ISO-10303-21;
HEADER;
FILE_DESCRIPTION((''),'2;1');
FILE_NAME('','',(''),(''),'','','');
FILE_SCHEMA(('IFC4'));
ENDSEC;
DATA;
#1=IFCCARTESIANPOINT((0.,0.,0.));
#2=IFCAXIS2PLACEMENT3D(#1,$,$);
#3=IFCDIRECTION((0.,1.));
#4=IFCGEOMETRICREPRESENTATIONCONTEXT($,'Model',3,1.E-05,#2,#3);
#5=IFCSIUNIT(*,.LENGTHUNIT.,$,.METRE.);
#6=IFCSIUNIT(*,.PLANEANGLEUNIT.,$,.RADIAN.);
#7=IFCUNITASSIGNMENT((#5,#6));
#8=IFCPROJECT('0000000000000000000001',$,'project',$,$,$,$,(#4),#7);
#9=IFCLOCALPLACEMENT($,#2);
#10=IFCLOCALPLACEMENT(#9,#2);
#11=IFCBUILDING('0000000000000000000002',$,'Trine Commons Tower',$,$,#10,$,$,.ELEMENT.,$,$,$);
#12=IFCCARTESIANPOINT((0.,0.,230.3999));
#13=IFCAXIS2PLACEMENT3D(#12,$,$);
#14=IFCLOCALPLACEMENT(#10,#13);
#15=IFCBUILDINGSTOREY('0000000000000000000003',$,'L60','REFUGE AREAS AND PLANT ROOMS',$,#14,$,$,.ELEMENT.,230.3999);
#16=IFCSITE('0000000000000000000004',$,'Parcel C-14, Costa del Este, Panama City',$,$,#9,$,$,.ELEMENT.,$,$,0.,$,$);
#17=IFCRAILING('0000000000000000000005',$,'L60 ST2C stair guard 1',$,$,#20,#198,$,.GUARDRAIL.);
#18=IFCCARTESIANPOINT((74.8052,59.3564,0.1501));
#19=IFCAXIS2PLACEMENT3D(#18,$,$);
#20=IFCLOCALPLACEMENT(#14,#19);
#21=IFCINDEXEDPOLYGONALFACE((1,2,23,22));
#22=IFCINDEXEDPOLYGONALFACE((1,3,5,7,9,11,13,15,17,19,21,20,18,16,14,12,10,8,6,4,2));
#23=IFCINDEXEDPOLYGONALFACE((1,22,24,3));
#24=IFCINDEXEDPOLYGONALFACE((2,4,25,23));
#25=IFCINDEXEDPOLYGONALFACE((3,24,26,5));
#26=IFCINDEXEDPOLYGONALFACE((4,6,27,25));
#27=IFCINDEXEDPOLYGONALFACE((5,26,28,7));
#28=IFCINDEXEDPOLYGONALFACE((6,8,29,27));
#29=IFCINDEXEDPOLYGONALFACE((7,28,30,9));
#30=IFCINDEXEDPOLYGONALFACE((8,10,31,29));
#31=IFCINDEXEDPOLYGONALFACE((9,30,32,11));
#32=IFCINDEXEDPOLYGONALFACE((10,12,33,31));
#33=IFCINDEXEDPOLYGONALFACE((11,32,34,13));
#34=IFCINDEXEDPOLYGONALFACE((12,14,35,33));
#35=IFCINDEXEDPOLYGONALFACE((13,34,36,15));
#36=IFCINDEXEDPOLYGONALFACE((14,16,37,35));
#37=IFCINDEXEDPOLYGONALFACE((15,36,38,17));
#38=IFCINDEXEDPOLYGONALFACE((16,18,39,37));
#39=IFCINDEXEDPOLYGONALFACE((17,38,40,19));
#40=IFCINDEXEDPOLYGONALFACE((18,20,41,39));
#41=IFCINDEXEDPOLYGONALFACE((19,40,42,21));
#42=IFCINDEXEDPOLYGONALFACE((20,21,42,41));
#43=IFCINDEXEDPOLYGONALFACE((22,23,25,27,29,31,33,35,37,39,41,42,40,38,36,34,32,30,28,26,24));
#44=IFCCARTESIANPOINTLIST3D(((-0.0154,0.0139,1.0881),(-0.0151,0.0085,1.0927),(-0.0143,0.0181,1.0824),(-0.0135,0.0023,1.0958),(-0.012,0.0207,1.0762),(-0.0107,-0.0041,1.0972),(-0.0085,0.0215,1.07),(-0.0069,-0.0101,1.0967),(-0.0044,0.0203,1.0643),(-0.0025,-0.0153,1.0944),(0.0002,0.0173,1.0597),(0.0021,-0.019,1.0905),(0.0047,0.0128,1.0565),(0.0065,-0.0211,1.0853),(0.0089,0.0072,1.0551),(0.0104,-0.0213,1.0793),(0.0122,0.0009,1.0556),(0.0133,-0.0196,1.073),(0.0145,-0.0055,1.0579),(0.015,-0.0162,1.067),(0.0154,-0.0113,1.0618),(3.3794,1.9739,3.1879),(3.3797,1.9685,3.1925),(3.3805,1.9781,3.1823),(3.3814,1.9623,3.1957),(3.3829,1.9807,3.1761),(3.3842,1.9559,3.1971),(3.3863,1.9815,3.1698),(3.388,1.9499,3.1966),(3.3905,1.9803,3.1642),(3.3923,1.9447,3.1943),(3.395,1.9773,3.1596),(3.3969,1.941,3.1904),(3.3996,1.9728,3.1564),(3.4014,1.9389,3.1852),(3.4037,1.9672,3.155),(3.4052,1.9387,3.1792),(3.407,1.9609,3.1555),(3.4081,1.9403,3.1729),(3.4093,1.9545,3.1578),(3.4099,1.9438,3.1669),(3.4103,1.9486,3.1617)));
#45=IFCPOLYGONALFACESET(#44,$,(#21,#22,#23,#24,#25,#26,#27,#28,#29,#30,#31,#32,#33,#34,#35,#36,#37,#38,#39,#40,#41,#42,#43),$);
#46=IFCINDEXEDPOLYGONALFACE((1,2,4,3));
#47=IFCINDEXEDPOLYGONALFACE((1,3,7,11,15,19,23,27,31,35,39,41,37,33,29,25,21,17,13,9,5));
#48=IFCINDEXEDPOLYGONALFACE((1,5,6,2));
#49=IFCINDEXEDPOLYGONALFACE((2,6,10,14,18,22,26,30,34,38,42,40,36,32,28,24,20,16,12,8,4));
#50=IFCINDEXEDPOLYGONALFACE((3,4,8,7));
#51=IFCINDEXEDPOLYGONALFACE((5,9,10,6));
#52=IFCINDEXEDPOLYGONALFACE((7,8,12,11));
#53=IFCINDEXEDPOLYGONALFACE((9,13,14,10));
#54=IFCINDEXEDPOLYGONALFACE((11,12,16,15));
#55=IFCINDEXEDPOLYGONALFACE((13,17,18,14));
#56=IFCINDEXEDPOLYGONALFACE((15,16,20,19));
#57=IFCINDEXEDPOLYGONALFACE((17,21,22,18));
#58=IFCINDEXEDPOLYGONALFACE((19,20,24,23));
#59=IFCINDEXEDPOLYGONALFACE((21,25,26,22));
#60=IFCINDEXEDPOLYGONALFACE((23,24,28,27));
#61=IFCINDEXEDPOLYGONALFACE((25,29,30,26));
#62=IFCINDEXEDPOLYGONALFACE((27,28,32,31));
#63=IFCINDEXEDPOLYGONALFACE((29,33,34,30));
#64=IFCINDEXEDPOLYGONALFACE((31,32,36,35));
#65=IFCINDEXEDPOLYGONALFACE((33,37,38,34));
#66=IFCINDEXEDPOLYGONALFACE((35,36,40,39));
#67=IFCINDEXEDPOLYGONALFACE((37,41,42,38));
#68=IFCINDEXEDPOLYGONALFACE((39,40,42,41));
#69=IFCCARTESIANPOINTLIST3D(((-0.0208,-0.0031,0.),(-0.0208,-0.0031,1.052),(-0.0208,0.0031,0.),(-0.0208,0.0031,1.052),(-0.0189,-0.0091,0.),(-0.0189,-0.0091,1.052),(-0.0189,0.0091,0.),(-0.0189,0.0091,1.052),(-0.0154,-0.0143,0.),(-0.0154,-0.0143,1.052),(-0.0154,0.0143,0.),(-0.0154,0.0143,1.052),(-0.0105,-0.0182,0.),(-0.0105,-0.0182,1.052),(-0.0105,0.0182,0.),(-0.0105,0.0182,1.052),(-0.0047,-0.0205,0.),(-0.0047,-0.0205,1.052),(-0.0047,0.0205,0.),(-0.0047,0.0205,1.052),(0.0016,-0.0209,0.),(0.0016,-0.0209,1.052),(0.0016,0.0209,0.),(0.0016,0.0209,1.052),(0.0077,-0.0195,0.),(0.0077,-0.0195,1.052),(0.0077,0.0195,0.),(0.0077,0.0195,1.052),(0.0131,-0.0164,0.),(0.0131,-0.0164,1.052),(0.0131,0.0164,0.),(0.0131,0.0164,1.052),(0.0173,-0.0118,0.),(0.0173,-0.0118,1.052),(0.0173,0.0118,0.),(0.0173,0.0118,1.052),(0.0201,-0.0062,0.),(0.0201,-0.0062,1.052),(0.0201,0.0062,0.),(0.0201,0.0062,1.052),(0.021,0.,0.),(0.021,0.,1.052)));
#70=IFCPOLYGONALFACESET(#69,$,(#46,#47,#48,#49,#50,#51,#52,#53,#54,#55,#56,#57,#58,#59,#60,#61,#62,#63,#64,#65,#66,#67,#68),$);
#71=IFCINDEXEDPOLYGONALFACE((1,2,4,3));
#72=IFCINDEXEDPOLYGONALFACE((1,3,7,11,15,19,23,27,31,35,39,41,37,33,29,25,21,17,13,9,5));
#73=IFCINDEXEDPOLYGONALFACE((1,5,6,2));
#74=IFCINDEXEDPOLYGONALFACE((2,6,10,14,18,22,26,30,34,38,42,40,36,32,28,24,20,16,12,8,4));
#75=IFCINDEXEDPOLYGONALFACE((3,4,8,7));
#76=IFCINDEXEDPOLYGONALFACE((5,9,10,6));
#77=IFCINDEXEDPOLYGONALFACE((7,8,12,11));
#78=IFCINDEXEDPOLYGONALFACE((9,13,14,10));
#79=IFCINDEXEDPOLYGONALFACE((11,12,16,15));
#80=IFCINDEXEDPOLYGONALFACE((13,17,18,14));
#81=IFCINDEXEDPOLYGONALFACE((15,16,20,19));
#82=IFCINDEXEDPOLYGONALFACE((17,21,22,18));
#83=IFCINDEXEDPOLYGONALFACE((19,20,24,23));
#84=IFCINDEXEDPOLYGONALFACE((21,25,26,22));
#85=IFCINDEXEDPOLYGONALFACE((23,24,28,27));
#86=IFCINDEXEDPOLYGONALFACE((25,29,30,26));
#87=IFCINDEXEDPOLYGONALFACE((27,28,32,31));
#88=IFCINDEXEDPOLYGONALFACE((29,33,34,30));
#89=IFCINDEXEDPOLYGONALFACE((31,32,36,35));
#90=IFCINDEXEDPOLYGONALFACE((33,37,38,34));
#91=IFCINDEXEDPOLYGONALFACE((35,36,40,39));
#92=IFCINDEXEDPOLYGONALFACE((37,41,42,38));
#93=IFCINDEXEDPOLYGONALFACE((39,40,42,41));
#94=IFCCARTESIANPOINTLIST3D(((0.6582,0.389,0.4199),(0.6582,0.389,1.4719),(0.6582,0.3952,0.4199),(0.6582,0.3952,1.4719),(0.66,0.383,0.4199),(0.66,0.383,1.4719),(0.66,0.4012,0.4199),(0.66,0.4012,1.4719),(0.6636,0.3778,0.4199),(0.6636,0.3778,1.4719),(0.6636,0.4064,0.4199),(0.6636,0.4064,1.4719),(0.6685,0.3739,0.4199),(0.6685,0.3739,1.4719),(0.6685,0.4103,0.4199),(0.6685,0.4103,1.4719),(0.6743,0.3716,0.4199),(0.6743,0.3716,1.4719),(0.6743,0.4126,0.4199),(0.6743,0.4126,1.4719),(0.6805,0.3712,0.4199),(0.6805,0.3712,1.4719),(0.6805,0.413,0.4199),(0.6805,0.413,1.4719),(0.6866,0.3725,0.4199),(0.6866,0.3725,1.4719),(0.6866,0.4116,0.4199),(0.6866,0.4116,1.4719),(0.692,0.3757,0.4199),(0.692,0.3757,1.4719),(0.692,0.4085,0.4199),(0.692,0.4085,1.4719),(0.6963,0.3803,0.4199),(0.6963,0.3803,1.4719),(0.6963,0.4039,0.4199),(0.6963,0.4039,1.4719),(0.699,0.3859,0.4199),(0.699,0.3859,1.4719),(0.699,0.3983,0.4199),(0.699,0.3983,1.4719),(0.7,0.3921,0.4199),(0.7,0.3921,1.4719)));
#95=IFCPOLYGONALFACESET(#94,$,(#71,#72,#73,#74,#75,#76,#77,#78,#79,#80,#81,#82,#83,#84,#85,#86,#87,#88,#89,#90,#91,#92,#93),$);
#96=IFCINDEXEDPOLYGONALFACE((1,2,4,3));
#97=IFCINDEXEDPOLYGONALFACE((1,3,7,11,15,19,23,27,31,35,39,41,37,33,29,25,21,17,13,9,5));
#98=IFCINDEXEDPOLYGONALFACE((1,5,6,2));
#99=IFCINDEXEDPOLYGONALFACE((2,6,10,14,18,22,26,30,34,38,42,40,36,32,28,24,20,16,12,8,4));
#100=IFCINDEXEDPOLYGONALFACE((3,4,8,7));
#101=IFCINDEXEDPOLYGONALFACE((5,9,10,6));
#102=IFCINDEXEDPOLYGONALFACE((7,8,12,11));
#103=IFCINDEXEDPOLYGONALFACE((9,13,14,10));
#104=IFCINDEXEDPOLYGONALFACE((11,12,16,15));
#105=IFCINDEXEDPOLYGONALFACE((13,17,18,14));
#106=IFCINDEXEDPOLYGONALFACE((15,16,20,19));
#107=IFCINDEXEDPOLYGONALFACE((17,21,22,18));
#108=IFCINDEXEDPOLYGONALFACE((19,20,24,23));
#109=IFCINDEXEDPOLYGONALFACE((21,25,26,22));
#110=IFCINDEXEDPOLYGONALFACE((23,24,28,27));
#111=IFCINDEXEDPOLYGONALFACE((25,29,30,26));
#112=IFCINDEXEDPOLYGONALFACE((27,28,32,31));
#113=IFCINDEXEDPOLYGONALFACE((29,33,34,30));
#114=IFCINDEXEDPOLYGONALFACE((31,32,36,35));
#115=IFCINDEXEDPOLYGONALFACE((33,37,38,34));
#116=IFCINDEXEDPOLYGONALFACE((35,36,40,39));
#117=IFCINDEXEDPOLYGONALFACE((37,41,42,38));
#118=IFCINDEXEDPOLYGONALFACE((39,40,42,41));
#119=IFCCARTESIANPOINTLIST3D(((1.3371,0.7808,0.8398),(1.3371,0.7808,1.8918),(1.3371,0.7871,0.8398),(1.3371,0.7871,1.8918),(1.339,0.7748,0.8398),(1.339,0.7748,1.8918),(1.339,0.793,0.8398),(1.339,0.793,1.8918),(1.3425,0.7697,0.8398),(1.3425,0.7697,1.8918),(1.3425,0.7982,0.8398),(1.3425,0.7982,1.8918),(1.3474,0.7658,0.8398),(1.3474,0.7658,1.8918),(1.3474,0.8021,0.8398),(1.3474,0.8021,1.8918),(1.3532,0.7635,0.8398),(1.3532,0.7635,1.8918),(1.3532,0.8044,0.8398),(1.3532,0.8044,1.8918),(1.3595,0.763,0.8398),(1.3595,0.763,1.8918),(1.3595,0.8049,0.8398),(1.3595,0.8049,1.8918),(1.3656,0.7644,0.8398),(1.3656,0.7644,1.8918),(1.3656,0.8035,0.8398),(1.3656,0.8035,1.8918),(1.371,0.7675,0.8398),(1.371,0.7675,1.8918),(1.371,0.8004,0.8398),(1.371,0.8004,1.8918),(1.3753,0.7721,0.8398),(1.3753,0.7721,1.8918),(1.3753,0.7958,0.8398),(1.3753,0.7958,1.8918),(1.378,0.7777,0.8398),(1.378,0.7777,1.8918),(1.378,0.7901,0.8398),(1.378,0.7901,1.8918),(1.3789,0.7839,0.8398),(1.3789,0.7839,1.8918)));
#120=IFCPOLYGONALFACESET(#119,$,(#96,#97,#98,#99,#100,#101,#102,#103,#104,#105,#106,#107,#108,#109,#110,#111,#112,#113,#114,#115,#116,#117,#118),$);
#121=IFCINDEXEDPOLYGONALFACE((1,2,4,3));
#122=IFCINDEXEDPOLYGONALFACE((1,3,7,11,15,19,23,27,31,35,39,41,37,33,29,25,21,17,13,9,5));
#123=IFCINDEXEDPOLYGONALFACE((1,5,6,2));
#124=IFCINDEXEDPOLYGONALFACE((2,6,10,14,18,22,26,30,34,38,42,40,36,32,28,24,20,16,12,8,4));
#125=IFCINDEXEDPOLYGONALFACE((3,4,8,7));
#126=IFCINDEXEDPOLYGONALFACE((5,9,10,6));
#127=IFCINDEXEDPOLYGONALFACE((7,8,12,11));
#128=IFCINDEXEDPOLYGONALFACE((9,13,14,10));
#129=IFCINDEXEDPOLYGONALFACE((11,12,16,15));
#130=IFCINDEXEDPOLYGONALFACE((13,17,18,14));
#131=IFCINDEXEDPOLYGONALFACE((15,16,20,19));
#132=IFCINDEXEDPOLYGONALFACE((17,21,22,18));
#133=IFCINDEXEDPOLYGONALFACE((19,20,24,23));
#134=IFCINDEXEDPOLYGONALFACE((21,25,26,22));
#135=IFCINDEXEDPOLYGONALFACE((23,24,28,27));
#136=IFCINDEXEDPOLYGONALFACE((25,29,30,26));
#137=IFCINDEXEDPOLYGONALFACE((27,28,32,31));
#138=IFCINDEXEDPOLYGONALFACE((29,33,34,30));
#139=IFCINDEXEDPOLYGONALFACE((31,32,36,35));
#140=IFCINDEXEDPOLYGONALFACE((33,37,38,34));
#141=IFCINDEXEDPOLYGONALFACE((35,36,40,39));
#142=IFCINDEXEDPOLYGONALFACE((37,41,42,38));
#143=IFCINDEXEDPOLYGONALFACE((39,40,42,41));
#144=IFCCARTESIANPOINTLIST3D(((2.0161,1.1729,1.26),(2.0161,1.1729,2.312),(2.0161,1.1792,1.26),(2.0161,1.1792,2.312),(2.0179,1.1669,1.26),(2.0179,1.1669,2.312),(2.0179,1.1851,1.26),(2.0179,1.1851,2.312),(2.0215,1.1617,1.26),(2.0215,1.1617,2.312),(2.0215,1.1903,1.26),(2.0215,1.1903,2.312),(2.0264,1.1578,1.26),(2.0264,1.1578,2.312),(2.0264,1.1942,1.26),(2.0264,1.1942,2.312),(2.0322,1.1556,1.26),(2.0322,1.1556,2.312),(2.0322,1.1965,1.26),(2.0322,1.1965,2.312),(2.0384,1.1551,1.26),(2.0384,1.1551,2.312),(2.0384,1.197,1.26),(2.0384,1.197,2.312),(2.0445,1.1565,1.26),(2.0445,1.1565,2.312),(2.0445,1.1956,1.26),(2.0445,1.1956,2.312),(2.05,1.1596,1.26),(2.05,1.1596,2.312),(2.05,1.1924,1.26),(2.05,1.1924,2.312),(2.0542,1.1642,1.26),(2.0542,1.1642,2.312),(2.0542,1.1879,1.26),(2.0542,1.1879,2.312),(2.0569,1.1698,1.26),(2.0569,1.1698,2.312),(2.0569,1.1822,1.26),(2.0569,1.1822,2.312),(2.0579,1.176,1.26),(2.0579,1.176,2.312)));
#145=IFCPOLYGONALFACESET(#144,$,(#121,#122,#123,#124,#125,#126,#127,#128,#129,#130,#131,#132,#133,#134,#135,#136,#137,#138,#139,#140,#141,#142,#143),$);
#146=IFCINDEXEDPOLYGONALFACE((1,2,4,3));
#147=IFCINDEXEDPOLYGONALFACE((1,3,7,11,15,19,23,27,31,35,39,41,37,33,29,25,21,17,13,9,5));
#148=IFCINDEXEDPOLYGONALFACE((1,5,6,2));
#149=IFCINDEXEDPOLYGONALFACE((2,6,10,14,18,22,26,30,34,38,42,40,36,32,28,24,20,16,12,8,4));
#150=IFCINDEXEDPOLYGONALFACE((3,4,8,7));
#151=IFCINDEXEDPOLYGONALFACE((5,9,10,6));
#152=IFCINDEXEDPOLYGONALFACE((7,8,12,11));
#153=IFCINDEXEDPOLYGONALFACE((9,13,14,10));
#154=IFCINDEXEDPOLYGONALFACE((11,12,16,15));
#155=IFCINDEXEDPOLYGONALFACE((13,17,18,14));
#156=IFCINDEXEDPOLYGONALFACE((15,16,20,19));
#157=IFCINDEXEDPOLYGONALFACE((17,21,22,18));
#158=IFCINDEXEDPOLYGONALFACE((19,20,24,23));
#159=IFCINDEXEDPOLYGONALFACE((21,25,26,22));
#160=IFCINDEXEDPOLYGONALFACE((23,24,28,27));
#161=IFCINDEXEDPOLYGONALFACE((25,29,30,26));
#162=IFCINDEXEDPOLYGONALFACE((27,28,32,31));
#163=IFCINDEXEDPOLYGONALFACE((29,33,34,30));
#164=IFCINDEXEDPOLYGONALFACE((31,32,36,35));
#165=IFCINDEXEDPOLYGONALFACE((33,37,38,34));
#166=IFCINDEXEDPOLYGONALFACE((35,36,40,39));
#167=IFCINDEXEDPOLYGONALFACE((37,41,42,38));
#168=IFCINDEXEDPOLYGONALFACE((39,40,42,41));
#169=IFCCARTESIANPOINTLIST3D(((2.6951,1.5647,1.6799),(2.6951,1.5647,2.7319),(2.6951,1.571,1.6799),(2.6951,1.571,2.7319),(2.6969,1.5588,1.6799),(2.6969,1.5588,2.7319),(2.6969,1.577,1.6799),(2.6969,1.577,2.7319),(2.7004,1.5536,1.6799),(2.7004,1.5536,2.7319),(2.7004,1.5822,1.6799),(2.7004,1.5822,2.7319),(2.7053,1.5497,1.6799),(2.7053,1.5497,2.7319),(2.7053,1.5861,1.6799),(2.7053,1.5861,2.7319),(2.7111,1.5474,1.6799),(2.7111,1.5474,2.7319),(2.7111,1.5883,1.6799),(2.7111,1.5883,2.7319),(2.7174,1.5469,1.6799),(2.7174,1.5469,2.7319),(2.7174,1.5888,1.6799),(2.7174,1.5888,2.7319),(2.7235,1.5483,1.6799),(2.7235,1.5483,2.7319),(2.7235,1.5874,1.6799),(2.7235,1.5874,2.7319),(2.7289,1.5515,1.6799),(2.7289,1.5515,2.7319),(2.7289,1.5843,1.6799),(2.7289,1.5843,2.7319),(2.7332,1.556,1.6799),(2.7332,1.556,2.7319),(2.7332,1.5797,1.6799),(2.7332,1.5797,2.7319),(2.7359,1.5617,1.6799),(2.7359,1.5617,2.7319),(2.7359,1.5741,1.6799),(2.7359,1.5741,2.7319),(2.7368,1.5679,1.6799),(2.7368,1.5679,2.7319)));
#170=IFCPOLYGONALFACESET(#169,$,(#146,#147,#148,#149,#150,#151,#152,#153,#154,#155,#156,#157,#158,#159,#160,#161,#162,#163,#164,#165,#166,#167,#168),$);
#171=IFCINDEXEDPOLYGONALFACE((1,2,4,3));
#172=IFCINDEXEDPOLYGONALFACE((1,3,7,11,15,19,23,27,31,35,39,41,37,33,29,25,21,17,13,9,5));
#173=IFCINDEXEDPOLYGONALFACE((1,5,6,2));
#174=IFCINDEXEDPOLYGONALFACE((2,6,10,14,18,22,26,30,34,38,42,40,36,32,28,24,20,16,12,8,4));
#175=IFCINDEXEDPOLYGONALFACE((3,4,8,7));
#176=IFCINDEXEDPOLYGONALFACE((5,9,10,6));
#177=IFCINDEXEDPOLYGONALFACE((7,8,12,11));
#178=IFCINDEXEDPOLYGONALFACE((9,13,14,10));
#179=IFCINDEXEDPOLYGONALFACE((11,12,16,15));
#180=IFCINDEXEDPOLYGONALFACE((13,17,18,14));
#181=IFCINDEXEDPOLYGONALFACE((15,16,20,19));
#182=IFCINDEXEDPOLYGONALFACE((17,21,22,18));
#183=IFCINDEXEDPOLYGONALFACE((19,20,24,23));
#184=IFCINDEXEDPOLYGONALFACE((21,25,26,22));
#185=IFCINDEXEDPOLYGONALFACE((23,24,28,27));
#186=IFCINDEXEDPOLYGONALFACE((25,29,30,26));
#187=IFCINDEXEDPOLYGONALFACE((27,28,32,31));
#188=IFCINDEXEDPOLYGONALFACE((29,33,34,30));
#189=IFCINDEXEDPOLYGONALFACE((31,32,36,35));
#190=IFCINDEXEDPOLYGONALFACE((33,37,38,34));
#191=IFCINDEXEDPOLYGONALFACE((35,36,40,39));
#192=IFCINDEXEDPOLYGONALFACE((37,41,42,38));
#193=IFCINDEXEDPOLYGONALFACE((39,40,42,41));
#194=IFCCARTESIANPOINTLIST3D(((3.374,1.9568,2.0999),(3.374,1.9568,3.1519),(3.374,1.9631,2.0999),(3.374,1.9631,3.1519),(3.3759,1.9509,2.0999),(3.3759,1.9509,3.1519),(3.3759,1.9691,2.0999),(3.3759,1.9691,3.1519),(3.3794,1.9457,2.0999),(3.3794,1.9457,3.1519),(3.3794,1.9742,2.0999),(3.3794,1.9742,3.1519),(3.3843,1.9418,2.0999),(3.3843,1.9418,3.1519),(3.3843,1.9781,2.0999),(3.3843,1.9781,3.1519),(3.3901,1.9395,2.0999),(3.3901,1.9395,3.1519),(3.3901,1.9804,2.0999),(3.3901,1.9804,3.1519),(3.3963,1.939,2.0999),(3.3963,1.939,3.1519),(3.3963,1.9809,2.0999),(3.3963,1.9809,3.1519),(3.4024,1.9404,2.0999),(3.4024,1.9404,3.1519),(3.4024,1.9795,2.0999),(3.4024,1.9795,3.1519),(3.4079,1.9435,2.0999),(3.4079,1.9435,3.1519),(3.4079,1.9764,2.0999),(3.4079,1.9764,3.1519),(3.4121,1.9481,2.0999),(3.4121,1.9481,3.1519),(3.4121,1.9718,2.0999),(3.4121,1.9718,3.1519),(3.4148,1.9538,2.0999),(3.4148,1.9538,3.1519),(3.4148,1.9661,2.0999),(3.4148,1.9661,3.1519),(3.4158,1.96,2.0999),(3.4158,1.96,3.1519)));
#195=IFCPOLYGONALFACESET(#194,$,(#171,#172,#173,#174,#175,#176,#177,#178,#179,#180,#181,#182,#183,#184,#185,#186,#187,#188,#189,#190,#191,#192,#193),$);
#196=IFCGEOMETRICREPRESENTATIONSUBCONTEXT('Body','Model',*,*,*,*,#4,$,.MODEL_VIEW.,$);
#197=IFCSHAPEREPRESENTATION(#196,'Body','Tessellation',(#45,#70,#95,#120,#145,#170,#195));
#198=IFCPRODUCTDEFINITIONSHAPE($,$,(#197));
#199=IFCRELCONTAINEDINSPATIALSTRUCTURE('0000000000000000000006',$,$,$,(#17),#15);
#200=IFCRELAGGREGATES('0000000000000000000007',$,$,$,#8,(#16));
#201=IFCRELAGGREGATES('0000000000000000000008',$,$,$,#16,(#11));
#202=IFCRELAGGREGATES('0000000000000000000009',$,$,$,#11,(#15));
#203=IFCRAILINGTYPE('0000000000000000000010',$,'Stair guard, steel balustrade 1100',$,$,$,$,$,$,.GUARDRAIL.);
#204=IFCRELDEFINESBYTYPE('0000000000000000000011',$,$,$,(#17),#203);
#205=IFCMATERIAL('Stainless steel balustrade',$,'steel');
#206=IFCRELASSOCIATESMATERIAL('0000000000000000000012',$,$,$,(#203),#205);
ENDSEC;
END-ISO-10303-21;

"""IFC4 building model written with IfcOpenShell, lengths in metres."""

from ifc_helpers import new_model, si_unit, direction, frame, origin, origin_2d, place, context, subcontext, project, spatial, circle, extrude, material, type_object, element, save


model = new_model("IFC4")

# Units and contexts
model_context = context("Model", 3, precision=1e-05, world=origin(), true_north=direction((0.0, 1.0)))
body_context = subcontext(model_context, "Body", "Model", "MODEL_VIEW")
ifc_project = project(units=[si_unit("LENGTHUNIT", "METRE"), si_unit("PLANEANGLEUNIT", "RADIAN")], contexts=[model_context])

# Site, building, storey
site_placement = place(None, origin())
site = spatial("IfcSite", under=ifc_project, at=site_placement, Name="Parcel C-14, Costa del Este, Panama City", CompositionType="ELEMENT", RefElevation=0.0)
building_placement = place(site_placement, origin())
building = spatial("IfcBuilding", under=site, at=building_placement, Name="Trine Commons Tower", CompositionType="ELEMENT")
storey_placement = place(building_placement, frame((0.0, 0.0, 230.3999)))
storey = spatial("IfcBuildingStorey", under=building, at=storey_placement, Name="L60", Description="REFUGE AREAS AND PLANT ROOMS", CompositionType="ELEMENT", Elevation=230.3999)

# Railing
ifc_material_1 = material(Name="Stainless steel balustrade", Category="steel")
railing_type_1 = type_object("IfcRailingType", Name="Stair guard, steel balustrade 1100", PredefinedType="GUARDRAIL", material=ifc_material_1)
railing_1_placement = place(storey_placement, frame((74.8052, 59.3564, 0.1501)))
element("IfcRailing", 1, at=railing_1_placement, inside=storey, type_object=railing_type_1, Name="L60 ST2C stair guard 1", PredefinedType="GUARDRAIL", context=body_context, shape_type="SweptSolid", body=[
    extrude(circle(Radius=0.0239, at=origin_2d()), frame((0.0, 0.0, 1.0762), z_axis=(0.763395, 0.440743, 0.472201), x_axis=(-0.499997, 0.866027, 0.0)), (0.0, 0.0, 1.0), 4.447),
    extrude(circle(Radius=0.021, at=origin_2d()), origin(), (0.0, 0.0, 1.0), 1.052),
    extrude(circle(Radius=0.021, at=origin_2d()), frame((0.679, 0.3921, 0.4199)), (0.0, 0.0, 1.0), 1.052),
    extrude(circle(Radius=0.021, at=origin_2d()), frame((1.3579, 0.7839, 0.8398)), (0.0, 0.0, 1.0), 1.052),
    extrude(circle(Radius=0.021, at=origin_2d()), frame((2.0369, 1.176, 1.26)), (0.0, 0.0, 1.0), 1.052),
    extrude(circle(Radius=0.021, at=origin_2d()), frame((2.7158, 1.5679, 1.6799)), (0.0, 0.0, 1.0), 1.052),
    extrude(circle(Radius=0.021, at=origin_2d()), frame((3.3948, 1.96, 2.0999)), (0.0, 0.0, 1.0), 1.052),
])

save(model, "model.ifc")
